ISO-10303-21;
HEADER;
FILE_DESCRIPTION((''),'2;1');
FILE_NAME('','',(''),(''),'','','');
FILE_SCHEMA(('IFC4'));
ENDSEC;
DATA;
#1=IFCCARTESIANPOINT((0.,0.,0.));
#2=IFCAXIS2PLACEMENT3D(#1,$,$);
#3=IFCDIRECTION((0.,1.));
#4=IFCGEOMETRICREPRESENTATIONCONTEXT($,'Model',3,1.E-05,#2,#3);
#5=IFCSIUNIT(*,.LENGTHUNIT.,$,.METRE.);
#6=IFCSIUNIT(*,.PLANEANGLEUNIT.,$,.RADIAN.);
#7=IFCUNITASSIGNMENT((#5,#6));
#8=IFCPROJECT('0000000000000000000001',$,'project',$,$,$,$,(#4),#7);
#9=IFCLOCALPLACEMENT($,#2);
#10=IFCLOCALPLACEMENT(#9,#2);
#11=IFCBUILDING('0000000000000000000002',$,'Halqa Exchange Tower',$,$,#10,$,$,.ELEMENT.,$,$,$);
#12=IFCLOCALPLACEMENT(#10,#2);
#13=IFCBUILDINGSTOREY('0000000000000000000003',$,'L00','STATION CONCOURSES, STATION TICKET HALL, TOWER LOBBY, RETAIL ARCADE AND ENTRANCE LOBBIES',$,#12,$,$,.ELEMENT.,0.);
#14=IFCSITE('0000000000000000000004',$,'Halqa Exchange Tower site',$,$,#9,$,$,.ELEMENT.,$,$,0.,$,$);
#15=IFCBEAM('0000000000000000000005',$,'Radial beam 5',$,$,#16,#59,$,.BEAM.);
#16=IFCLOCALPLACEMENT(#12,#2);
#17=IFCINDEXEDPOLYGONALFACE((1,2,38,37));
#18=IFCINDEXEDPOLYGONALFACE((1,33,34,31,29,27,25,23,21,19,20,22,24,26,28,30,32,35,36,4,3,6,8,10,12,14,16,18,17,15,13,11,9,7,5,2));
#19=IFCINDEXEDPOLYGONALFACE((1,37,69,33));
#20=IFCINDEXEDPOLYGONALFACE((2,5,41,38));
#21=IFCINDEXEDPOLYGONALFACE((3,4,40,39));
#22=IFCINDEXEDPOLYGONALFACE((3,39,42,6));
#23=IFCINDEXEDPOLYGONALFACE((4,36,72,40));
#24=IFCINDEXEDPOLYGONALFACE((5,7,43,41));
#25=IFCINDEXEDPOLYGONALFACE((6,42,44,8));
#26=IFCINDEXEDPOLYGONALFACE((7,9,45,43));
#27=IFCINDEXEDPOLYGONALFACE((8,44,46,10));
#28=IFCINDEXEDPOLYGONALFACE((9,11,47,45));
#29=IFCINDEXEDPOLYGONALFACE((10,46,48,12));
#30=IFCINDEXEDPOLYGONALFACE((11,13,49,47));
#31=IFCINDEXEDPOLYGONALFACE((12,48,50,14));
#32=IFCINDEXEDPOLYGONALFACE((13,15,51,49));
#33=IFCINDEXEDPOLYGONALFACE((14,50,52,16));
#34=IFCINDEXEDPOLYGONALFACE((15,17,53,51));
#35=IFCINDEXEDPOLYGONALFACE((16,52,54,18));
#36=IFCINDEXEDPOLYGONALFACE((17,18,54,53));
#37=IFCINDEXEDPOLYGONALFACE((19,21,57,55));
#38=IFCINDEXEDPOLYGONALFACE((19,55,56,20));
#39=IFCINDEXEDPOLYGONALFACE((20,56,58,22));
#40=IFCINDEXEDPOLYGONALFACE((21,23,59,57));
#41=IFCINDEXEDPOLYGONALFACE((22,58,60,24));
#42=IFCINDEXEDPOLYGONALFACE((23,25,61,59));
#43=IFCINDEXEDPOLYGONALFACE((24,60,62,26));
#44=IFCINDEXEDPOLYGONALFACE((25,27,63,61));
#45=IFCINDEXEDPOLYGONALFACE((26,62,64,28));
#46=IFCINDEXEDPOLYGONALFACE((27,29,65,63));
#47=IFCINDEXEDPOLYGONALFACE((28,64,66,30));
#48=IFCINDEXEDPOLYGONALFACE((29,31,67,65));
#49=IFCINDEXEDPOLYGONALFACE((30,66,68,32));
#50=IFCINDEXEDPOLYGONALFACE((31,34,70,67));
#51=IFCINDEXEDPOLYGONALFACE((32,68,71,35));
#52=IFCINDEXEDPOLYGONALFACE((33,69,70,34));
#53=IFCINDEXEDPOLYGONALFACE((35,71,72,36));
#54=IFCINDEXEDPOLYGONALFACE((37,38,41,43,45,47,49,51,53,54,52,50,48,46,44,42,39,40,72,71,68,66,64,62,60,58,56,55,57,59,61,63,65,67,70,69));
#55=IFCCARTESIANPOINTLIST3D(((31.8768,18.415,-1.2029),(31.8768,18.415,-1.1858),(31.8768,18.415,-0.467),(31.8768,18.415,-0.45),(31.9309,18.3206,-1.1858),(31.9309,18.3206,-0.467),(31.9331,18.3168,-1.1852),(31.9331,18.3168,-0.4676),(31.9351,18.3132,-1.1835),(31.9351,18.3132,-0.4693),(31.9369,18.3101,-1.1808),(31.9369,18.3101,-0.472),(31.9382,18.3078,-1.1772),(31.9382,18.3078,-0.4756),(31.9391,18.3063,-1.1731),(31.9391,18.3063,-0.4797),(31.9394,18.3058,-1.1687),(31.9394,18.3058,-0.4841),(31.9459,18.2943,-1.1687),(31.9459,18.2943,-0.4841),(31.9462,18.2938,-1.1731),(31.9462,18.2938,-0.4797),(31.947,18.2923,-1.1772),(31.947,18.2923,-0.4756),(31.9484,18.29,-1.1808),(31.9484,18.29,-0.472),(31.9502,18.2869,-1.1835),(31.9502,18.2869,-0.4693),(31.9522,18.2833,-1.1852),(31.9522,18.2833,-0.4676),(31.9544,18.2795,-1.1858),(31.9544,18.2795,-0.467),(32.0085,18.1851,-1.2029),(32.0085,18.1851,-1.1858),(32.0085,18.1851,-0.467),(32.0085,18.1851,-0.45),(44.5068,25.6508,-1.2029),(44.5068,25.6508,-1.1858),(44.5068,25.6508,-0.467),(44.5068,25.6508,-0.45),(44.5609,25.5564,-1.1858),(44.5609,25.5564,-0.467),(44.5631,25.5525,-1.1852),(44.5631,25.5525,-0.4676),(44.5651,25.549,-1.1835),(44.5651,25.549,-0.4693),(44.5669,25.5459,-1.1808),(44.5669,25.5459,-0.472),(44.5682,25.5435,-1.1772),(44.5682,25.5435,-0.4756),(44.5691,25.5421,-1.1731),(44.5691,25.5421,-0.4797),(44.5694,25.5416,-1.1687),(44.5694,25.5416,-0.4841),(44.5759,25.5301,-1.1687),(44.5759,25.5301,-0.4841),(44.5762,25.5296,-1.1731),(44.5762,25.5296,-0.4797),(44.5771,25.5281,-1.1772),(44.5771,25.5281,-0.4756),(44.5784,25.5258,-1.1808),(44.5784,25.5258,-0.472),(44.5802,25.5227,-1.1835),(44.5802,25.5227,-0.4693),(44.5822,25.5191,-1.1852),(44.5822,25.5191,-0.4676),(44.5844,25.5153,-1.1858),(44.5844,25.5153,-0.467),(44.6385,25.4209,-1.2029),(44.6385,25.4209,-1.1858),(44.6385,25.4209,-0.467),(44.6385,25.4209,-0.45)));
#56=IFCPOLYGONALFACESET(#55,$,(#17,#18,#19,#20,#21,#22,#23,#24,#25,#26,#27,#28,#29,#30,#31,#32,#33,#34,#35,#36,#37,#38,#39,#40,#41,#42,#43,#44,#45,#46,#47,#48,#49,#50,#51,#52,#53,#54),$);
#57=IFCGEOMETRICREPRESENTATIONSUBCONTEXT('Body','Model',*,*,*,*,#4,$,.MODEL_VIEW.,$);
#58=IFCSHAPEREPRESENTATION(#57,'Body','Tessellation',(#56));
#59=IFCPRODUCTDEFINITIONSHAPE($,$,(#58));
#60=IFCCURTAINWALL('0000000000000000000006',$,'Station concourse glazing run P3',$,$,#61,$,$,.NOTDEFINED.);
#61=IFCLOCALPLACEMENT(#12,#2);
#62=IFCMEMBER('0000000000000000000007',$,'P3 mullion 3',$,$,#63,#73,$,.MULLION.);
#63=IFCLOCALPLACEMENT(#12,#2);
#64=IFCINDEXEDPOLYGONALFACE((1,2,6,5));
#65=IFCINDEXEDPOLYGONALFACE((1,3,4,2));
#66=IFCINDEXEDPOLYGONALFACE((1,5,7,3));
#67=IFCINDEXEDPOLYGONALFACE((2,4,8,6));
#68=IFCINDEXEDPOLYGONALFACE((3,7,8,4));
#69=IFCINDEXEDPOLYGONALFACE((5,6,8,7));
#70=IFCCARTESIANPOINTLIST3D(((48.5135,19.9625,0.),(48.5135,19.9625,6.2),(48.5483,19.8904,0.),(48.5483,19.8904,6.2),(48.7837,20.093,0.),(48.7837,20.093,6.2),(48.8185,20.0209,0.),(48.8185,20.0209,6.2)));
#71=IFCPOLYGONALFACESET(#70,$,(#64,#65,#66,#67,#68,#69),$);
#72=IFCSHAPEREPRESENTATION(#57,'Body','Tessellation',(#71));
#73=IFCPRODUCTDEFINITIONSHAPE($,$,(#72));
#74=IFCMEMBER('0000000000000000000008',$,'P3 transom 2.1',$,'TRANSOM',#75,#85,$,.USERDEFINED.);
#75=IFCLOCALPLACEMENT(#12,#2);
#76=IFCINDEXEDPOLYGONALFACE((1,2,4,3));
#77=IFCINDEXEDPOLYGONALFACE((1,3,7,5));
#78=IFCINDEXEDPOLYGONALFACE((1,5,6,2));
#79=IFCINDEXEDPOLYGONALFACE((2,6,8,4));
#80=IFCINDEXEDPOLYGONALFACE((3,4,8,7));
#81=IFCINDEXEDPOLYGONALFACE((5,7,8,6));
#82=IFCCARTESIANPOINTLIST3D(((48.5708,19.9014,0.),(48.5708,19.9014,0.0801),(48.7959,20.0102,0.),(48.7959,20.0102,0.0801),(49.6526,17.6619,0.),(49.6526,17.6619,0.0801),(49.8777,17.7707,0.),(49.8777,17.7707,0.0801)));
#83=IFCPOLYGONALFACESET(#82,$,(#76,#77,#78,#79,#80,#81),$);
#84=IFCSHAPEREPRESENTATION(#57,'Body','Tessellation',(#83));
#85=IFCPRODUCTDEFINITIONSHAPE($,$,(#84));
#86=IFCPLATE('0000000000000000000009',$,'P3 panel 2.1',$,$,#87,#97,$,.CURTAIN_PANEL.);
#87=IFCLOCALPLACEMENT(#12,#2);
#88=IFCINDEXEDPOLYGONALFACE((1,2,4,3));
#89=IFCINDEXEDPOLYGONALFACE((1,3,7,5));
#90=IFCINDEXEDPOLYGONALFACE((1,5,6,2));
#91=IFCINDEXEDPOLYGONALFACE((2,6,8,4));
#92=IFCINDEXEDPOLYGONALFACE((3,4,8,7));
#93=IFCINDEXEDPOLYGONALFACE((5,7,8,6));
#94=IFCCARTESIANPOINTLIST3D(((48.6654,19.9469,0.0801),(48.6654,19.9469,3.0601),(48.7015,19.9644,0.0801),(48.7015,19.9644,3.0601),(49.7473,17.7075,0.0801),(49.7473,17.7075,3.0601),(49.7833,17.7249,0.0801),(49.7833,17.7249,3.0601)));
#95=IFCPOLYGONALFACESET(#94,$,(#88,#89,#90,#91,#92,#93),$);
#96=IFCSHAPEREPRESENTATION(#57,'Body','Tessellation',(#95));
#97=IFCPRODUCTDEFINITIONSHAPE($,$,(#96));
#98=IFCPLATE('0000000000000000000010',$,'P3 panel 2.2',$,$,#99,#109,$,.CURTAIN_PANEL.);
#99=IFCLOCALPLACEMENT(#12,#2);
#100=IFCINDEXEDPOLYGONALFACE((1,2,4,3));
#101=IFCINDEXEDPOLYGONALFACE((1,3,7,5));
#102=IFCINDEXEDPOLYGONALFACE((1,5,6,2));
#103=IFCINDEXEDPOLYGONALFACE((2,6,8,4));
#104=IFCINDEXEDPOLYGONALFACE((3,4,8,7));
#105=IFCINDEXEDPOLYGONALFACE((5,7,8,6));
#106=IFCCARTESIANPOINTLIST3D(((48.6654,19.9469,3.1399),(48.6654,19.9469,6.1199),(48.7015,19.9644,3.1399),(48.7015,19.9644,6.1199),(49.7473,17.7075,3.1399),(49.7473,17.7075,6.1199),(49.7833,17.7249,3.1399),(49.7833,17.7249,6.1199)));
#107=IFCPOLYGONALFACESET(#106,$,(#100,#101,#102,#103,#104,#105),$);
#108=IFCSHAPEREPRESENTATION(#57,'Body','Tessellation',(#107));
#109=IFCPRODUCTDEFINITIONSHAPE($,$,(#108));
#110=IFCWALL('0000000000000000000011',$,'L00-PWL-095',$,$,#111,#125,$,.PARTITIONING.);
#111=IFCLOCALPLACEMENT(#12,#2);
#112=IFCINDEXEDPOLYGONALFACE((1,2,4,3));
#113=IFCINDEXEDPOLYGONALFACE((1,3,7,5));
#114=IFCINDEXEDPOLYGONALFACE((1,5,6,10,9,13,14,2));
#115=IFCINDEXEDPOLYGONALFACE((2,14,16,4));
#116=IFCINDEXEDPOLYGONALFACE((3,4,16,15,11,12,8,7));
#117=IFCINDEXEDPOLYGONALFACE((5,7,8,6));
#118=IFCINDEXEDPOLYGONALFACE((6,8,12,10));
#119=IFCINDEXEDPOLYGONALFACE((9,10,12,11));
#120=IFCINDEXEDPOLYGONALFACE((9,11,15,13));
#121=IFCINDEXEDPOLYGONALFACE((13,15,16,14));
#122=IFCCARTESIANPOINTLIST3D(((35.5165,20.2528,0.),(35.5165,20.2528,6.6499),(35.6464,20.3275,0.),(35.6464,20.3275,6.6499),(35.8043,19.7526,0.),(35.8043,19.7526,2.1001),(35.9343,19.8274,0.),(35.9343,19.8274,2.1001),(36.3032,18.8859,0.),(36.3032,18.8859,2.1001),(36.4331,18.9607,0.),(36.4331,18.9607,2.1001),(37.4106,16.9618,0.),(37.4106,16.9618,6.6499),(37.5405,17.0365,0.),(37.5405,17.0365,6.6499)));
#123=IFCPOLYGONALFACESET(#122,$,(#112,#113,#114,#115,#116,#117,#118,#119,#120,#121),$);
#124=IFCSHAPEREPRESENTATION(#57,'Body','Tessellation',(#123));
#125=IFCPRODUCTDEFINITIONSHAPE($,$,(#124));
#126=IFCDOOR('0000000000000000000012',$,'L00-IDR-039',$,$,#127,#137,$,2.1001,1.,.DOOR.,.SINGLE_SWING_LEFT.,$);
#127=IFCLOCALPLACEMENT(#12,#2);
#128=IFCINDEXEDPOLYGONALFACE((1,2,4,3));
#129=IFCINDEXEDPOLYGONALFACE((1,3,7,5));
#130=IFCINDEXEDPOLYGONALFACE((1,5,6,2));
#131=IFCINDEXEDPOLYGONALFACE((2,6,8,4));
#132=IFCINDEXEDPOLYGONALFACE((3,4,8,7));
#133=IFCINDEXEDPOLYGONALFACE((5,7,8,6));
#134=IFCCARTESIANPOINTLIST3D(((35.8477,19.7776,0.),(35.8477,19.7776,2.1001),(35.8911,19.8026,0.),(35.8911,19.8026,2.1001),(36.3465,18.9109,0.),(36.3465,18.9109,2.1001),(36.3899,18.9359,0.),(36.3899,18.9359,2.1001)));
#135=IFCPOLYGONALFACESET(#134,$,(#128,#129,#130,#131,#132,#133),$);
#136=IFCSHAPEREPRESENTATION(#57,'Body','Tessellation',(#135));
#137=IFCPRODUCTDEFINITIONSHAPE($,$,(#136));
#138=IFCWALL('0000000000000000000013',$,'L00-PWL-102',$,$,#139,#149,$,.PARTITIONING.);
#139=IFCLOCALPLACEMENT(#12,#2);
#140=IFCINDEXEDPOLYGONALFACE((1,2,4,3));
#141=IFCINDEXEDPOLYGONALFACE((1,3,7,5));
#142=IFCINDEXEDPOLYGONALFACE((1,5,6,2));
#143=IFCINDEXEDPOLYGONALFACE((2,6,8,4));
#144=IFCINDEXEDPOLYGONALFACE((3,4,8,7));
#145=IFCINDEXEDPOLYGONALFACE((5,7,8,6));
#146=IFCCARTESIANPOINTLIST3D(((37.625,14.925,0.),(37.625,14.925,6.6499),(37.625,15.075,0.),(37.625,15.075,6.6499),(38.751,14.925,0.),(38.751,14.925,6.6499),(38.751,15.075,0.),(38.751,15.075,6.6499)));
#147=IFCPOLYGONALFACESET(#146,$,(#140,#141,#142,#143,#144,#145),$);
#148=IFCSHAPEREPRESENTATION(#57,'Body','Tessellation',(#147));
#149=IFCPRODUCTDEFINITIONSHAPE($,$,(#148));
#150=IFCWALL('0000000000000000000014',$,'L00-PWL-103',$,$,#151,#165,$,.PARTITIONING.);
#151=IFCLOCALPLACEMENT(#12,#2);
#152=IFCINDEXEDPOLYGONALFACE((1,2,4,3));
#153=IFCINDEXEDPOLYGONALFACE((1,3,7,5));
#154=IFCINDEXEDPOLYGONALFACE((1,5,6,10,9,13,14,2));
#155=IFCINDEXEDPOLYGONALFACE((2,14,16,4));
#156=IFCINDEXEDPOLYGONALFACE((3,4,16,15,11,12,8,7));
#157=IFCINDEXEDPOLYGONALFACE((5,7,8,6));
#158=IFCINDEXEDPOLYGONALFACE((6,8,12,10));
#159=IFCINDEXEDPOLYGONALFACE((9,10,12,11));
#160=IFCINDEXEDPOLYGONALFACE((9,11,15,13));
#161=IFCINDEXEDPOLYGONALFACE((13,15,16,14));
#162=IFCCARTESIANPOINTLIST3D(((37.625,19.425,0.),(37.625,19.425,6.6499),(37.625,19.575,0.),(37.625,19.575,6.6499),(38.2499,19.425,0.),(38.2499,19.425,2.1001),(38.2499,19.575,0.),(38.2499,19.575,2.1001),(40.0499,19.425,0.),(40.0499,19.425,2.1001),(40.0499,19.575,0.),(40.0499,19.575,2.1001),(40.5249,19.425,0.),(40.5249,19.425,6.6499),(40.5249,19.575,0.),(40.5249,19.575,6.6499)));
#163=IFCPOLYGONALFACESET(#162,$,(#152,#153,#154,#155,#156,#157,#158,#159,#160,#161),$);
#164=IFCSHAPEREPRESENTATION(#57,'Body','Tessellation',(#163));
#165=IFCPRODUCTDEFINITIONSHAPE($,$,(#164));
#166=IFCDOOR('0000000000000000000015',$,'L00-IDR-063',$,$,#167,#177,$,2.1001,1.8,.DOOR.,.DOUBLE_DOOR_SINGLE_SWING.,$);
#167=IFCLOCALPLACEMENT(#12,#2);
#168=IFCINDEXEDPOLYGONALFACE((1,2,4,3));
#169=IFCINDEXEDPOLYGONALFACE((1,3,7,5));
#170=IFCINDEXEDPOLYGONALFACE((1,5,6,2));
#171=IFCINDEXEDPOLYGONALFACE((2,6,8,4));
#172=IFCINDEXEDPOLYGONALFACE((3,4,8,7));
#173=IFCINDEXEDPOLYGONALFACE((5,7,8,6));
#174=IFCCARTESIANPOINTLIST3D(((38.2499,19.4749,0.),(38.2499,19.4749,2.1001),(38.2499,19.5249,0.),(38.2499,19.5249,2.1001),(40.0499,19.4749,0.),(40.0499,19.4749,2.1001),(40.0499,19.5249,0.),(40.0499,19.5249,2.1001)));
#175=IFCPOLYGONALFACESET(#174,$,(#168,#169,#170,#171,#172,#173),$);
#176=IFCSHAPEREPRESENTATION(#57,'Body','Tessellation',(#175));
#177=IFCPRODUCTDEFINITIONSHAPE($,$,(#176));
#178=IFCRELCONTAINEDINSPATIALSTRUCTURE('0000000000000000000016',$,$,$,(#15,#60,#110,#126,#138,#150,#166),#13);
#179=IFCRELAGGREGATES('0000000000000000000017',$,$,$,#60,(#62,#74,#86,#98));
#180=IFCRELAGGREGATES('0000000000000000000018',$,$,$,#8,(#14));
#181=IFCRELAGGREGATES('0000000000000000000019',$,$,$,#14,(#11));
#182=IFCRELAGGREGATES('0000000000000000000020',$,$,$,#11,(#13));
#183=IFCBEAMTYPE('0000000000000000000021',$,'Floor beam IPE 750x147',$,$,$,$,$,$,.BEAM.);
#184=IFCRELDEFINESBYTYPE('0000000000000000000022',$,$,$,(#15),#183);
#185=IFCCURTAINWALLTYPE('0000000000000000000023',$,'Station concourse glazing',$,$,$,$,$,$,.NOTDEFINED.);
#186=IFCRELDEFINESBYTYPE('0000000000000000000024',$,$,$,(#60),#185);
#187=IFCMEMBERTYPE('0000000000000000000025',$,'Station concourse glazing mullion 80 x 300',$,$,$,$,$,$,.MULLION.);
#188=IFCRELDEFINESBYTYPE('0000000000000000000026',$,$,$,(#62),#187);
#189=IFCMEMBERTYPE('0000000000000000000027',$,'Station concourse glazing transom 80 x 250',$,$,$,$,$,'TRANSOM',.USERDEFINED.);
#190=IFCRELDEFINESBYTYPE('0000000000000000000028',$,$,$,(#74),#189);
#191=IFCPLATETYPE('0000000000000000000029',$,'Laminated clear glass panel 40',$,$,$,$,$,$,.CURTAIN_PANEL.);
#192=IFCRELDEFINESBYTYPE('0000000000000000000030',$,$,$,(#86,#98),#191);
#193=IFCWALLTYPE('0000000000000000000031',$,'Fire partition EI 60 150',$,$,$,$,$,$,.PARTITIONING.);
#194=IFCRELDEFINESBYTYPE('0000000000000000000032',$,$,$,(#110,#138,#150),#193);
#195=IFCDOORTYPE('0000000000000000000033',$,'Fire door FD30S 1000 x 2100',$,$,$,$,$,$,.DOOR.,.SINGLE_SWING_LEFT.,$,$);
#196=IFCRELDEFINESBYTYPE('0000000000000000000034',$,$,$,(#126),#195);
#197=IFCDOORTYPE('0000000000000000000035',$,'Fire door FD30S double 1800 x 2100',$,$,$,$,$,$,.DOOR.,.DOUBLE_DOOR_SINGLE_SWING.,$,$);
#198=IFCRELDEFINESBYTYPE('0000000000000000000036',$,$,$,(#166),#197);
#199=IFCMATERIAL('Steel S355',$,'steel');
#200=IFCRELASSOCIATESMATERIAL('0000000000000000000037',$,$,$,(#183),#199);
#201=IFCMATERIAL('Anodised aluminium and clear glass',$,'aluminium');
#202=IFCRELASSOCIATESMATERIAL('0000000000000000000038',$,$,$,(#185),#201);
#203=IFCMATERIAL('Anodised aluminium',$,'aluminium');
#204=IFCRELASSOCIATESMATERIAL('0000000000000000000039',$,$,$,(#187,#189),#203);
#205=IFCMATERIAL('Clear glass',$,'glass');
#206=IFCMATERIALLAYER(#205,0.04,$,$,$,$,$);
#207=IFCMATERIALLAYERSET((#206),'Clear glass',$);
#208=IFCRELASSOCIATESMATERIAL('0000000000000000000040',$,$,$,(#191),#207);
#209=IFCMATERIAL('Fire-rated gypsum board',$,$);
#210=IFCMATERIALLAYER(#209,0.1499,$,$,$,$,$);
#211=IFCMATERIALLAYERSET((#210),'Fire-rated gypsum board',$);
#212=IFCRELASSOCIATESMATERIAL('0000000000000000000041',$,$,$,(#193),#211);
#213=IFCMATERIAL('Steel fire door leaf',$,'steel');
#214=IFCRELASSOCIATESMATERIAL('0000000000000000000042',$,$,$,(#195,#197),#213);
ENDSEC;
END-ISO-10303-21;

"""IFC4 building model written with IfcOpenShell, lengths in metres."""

from ifc_helpers import new_model, si_unit, direction, frame, frame_2d, origin, origin_2d, place, context, subcontext, project, spatial, rectangle, i_section, extrude, material, layer, layer_set, material_profile, profile_set, type_object, element, fill, aggregate, save


model = new_model("IFC4")

# Units and contexts
model_context = context("Model", 3, precision=1e-05, world=origin(), true_north=direction((0.0, 1.0)))
body_context = subcontext(model_context, "Body", "Model", "MODEL_VIEW")
ifc_project = project(units=[si_unit("LENGTHUNIT", "METRE"), si_unit("PLANEANGLEUNIT", "RADIAN")], contexts=[model_context])

# Site, building, storey
site_placement = place(None, origin())
site = spatial("IfcSite", under=ifc_project, at=site_placement, Name="Halqa Exchange Tower site", CompositionType="ELEMENT", RefElevation=0.0)
building_placement = place(site_placement, origin())
building = spatial("IfcBuilding", under=site, at=building_placement, Name="Halqa Exchange Tower", CompositionType="ELEMENT")
storey_placement = place(building_placement, origin())
storey = spatial("IfcBuildingStorey", under=building, at=storey_placement, Name="L00", Description="STATION CONCOURSES, STATION TICKET HALL, TOWER LOBBY, RETAIL ARCADE AND ENTRANCE LOBBIES", CompositionType="ELEMENT", Elevation=0.0)

# Beam
ifc_material_1 = material(Name="Steel S355", Category="steel")
ifc_material_profile_1 = material_profile(ifc_material_1, i_section(OverallWidth=0.2649, OverallDepth=0.7529, WebThickness=0.0132, FlangeThickness=0.0171, FilletRadius=0.0171, at=origin_2d()), Name="IPE 750x147")
ifc_profile_set_1 = profile_set([ifc_material_profile_1], Name="Steel S355")
beam_type = type_object("IfcBeamType", Name="Floor beam IPE 750x147", PredefinedType="BEAM", material=ifc_profile_set_1)
beam_placement = place(storey_placement, frame((31.9426, 18.3, -0.8264), z_axis=(0.867691, 0.497103, 0.0), x_axis=(-0.497103, 0.867691, 0.0)))
element("IfcBeam", 1, at=beam_placement, inside=storey, type_object=beam_type, Name="Radial beam 5", PredefinedType="BEAM", context=body_context, shape_type="SweptSolid", body=[
    extrude(i_section(OverallWidth=0.2649, OverallDepth=0.7529, WebThickness=0.0132, FlangeThickness=0.0171, FilletRadius=0.0171, at=origin_2d()), origin(), (0.0, 0.0, 1.0), 14.5559),
])

# Curtain wall, members, plates
ifc_material_2 = material(Name="Anodised aluminium and clear glass", Category="aluminium")
curtain_wall_type = type_object("IfcCurtainWallType", Name="Station concourse glazing", PredefinedType="NOTDEFINED", material=ifc_material_2)
curtain_wall_placement = place(storey_placement, origin())
curtain_wall = element("IfcCurtainWall", 2, at=curtain_wall_placement, inside=storey, type_object=curtain_wall_type, Name="Station concourse glazing run P3", PredefinedType="NOTDEFINED")
ifc_material_3 = material(Name="Anodised aluminium", Category="aluminium")
ifc_material_profile_2 = material_profile(ifc_material_3, rectangle(XDim=0.3, YDim=0.0801, at=origin_2d()), Name="AL 80x300")
ifc_profile_set_2 = profile_set([ifc_material_profile_2], Name="Anodised aluminium")
member_type_1 = type_object("IfcMemberType", Name="Station concourse glazing mullion 80 x 300", PredefinedType="MULLION", material=ifc_profile_set_2)
member_1_placement = place(storey_placement, frame((48.666, 19.9917, 0.0), z_axis=(0.0, 0.0, 1.0), x_axis=(-0.900435, -0.43499, 0.0)))
member_1 = element("IfcMember", 3, at=member_1_placement, type_object=member_type_1, Name="P3 mullion 3", PredefinedType="MULLION", context=body_context, shape_type="SweptSolid", body=[
    extrude(rectangle(XDim=0.3, YDim=0.0801, at=origin_2d()), origin(), (0.0, 0.0, 1.0), 6.2),
])
ifc_material_profile_3 = material_profile(ifc_material_3, rectangle(XDim=0.25, YDim=0.0801, at=origin_2d()), Name="AL 80x250")
ifc_profile_set_3 = profile_set([ifc_material_profile_3], Name="Anodised aluminium")
member_type_2 = type_object("IfcMemberType", Name="Station concourse glazing transom 80 x 250", ElementType="TRANSOM", PredefinedType="USERDEFINED", material=ifc_profile_set_3)
member_2_placement = place(storey_placement, frame((49.7651, 17.7163, 0.04), z_axis=(-0.43496, 0.90045, 0.0), x_axis=(-0.90045, -0.43496, 0.0)))
member_2 = element("IfcMember", 4, at=member_2_placement, type_object=member_type_2, Name="P3 transom 2.1", ObjectType="TRANSOM", PredefinedType="USERDEFINED", context=body_context, shape_type="SweptSolid", body=[
    extrude(rectangle(XDim=0.25, YDim=0.0801, at=origin_2d()), origin(), (0.0, 0.0, 1.0), 2.4871),
])
ifc_material_4 = material(Name="Clear glass", Category="glass")
ifc_layer_1 = layer(ifc_material_4, 0.04)
ifc_layer_set_1 = layer_set([ifc_layer_1], Name="Clear glass")
plate_type = type_object("IfcPlateType", Name="Laminated clear glass panel 40", PredefinedType="CURTAIN_PANEL", material=ifc_layer_set_1)
plate_1_placement = place(storey_placement, frame((49.2244, 18.8359, 0.0801), z_axis=(0.0, 0.0, 1.0), x_axis=(-0.43499, 0.900435, 0.0)))
plate_1 = element("IfcPlate", 5, at=plate_1_placement, type_object=plate_type, Name="P3 panel 2.1", PredefinedType="CURTAIN_PANEL", context=body_context, shape_type="SweptSolid", body=[
    extrude(rectangle(XDim=2.4871, YDim=0.04, at=origin_2d()), origin(), (0.0, 0.0, 1.0), 2.98),
])
plate_2_placement = place(storey_placement, frame((49.2244, 18.8359, 3.1399), z_axis=(0.0, 0.0, 1.0), x_axis=(-0.43499, 0.900435, 0.0)))
plate_2 = element("IfcPlate", 6, at=plate_2_placement, type_object=plate_type, Name="P3 panel 2.2", PredefinedType="CURTAIN_PANEL", context=body_context, shape_type="SweptSolid", body=[
    extrude(rectangle(XDim=2.4871, YDim=0.04, at=origin_2d()), origin(), (0.0, 0.0, 1.0), 2.98),
])
aggregate(curtain_wall, [member_1, member_2, plate_1, plate_2])

# Wall, opening, door
ifc_material_5 = material(Name="Fire-rated gypsum board")
ifc_layer_2 = layer(ifc_material_5, 0.1499)
ifc_layer_set_2 = layer_set([ifc_layer_2], Name="Fire-rated gypsum board")
wall_type_1 = type_object("IfcWallType", Name="Fire partition EI 60 150", PredefinedType="PARTITIONING", material=ifc_layer_set_2)
wall_1_placement = place(storey_placement, frame((35.5815, 20.29, 0.0), z_axis=(0.0, 0.0, 1.0), x_axis=(0.498809, -0.866712, 0.0)))
wall_1 = element("IfcWall", 7, at=wall_1_placement, inside=storey, type_object=wall_type_1, Name="L00-PWL-095", PredefinedType="PARTITIONING", context=body_context, shape_type="SweptSolid", body=[
    extrude(rectangle(XDim=3.7971, YDim=0.1499, at=frame_2d((1.8984, 0.0))), origin(), (0.0, 0.0, 1.0), 6.6499),
])
opening_1_placement = place(wall_1_placement, frame((0.5769, 0.0, 0.0)))
opening_1 = element("IfcOpeningElement", 8, at=opening_1_placement, cuts=wall_1, PredefinedType="OPENING", context=body_context, shape_type="SweptSolid", body=[
    extrude(rectangle(XDim=1.0, YDim=2.1001, at=frame_2d((0.5, 1.05))), frame((0.0, 0.0869, 0.0), z_axis=(0.0, -1.0, 0.0), x_axis=(1.0, 0.0, 0.0)), (0.0, 0.0, 1.0), 0.1738),
])
ifc_material_6 = material(Name="Steel fire door leaf", Category="steel")
door_type_1 = type_object("IfcDoorType", Name="Fire door FD30S 1000 x 2100", OperationType="SINGLE_SWING_LEFT", PredefinedType="DOOR", material=ifc_material_6)
door_1_placement = place(opening_1_placement, frame((1.0, 0.0, 0.0), z_axis=(0.0, 0.0, 1.0), x_axis=(-1.0, 0.0, 0.0)))
door_1 = element("IfcDoor", 9, at=door_1_placement, inside=storey, type_object=door_type_1, Name="L00-IDR-039", OperationType="SINGLE_SWING_LEFT", OverallHeight=2.1001, OverallWidth=1.0, PredefinedType="DOOR", context=body_context, shape_type="SweptSolid", body=[
    extrude(rectangle(XDim=1.0, YDim=2.1001, at=frame_2d((0.5, 1.05))), frame((0.0, 0.0249, 0.0), z_axis=(0.0, -1.0, 0.0), x_axis=(1.0, 0.0, 0.0)), (0.0, 0.0, 1.0), 0.05),
])
fill(opening_1, door_1)

# Wall
wall_2_placement = place(storey_placement, frame((37.625, 15.0, 0.0), z_axis=(0.0, 0.0, 1.0), x_axis=(1.0, 0.0, 0.0)))
element("IfcWall", 10, at=wall_2_placement, inside=storey, type_object=wall_type_1, Name="L00-PWL-102", PredefinedType="PARTITIONING", context=body_context, shape_type="SweptSolid", body=[
    extrude(rectangle(XDim=1.126, YDim=0.1499, at=frame_2d((0.563, 0.0))), origin(), (0.0, 0.0, 1.0), 6.6499),
])

# Wall, opening, door
wall_3_placement = place(storey_placement, frame((37.625, 19.5, 0.0), z_axis=(0.0, 0.0, 1.0), x_axis=(1.0, 0.0, 0.0)))
wall_3 = element("IfcWall", 11, at=wall_3_placement, inside=storey, type_object=wall_type_1, Name="L00-PWL-103", PredefinedType="PARTITIONING", context=body_context, shape_type="SweptSolid", body=[
    extrude(rectangle(XDim=2.8999, YDim=0.1499, at=frame_2d((1.45, 0.0))), origin(), (0.0, 0.0, 1.0), 6.6499),
])
opening_2_placement = place(wall_3_placement, frame((0.625, 0.0, 0.0)))
opening_2 = element("IfcOpeningElement", 12, at=opening_2_placement, cuts=wall_3, PredefinedType="OPENING", context=body_context, shape_type="SweptSolid", body=[
    extrude(rectangle(XDim=1.8, YDim=2.1001, at=frame_2d((0.8999, 1.05))), frame((0.0, 0.0869, 0.0), z_axis=(0.0, -1.0, 0.0), x_axis=(1.0, 0.0, 0.0)), (0.0, 0.0, 1.0), 0.1738),
])
door_type_2 = type_object("IfcDoorType", Name="Fire door FD30S double 1800 x 2100", OperationType="DOUBLE_DOOR_SINGLE_SWING", PredefinedType="DOOR", material=ifc_material_6)
door_2_placement = place(opening_2_placement, origin())
door_2 = element("IfcDoor", 13, at=door_2_placement, inside=storey, type_object=door_type_2, Name="L00-IDR-063", OperationType="DOUBLE_DOOR_SINGLE_SWING", OverallHeight=2.1001, OverallWidth=1.8, PredefinedType="DOOR", context=body_context, shape_type="SweptSolid", body=[
    extrude(rectangle(XDim=1.8, YDim=2.1001, at=frame_2d((0.8999, 1.05))), frame((0.0, 0.0249, 0.0), z_axis=(0.0, -1.0, 0.0), x_axis=(1.0, 0.0, 0.0)), (0.0, 0.0, 1.0), 0.05),
])
fill(opening_2, door_2)

save(model, "model.ifc")
